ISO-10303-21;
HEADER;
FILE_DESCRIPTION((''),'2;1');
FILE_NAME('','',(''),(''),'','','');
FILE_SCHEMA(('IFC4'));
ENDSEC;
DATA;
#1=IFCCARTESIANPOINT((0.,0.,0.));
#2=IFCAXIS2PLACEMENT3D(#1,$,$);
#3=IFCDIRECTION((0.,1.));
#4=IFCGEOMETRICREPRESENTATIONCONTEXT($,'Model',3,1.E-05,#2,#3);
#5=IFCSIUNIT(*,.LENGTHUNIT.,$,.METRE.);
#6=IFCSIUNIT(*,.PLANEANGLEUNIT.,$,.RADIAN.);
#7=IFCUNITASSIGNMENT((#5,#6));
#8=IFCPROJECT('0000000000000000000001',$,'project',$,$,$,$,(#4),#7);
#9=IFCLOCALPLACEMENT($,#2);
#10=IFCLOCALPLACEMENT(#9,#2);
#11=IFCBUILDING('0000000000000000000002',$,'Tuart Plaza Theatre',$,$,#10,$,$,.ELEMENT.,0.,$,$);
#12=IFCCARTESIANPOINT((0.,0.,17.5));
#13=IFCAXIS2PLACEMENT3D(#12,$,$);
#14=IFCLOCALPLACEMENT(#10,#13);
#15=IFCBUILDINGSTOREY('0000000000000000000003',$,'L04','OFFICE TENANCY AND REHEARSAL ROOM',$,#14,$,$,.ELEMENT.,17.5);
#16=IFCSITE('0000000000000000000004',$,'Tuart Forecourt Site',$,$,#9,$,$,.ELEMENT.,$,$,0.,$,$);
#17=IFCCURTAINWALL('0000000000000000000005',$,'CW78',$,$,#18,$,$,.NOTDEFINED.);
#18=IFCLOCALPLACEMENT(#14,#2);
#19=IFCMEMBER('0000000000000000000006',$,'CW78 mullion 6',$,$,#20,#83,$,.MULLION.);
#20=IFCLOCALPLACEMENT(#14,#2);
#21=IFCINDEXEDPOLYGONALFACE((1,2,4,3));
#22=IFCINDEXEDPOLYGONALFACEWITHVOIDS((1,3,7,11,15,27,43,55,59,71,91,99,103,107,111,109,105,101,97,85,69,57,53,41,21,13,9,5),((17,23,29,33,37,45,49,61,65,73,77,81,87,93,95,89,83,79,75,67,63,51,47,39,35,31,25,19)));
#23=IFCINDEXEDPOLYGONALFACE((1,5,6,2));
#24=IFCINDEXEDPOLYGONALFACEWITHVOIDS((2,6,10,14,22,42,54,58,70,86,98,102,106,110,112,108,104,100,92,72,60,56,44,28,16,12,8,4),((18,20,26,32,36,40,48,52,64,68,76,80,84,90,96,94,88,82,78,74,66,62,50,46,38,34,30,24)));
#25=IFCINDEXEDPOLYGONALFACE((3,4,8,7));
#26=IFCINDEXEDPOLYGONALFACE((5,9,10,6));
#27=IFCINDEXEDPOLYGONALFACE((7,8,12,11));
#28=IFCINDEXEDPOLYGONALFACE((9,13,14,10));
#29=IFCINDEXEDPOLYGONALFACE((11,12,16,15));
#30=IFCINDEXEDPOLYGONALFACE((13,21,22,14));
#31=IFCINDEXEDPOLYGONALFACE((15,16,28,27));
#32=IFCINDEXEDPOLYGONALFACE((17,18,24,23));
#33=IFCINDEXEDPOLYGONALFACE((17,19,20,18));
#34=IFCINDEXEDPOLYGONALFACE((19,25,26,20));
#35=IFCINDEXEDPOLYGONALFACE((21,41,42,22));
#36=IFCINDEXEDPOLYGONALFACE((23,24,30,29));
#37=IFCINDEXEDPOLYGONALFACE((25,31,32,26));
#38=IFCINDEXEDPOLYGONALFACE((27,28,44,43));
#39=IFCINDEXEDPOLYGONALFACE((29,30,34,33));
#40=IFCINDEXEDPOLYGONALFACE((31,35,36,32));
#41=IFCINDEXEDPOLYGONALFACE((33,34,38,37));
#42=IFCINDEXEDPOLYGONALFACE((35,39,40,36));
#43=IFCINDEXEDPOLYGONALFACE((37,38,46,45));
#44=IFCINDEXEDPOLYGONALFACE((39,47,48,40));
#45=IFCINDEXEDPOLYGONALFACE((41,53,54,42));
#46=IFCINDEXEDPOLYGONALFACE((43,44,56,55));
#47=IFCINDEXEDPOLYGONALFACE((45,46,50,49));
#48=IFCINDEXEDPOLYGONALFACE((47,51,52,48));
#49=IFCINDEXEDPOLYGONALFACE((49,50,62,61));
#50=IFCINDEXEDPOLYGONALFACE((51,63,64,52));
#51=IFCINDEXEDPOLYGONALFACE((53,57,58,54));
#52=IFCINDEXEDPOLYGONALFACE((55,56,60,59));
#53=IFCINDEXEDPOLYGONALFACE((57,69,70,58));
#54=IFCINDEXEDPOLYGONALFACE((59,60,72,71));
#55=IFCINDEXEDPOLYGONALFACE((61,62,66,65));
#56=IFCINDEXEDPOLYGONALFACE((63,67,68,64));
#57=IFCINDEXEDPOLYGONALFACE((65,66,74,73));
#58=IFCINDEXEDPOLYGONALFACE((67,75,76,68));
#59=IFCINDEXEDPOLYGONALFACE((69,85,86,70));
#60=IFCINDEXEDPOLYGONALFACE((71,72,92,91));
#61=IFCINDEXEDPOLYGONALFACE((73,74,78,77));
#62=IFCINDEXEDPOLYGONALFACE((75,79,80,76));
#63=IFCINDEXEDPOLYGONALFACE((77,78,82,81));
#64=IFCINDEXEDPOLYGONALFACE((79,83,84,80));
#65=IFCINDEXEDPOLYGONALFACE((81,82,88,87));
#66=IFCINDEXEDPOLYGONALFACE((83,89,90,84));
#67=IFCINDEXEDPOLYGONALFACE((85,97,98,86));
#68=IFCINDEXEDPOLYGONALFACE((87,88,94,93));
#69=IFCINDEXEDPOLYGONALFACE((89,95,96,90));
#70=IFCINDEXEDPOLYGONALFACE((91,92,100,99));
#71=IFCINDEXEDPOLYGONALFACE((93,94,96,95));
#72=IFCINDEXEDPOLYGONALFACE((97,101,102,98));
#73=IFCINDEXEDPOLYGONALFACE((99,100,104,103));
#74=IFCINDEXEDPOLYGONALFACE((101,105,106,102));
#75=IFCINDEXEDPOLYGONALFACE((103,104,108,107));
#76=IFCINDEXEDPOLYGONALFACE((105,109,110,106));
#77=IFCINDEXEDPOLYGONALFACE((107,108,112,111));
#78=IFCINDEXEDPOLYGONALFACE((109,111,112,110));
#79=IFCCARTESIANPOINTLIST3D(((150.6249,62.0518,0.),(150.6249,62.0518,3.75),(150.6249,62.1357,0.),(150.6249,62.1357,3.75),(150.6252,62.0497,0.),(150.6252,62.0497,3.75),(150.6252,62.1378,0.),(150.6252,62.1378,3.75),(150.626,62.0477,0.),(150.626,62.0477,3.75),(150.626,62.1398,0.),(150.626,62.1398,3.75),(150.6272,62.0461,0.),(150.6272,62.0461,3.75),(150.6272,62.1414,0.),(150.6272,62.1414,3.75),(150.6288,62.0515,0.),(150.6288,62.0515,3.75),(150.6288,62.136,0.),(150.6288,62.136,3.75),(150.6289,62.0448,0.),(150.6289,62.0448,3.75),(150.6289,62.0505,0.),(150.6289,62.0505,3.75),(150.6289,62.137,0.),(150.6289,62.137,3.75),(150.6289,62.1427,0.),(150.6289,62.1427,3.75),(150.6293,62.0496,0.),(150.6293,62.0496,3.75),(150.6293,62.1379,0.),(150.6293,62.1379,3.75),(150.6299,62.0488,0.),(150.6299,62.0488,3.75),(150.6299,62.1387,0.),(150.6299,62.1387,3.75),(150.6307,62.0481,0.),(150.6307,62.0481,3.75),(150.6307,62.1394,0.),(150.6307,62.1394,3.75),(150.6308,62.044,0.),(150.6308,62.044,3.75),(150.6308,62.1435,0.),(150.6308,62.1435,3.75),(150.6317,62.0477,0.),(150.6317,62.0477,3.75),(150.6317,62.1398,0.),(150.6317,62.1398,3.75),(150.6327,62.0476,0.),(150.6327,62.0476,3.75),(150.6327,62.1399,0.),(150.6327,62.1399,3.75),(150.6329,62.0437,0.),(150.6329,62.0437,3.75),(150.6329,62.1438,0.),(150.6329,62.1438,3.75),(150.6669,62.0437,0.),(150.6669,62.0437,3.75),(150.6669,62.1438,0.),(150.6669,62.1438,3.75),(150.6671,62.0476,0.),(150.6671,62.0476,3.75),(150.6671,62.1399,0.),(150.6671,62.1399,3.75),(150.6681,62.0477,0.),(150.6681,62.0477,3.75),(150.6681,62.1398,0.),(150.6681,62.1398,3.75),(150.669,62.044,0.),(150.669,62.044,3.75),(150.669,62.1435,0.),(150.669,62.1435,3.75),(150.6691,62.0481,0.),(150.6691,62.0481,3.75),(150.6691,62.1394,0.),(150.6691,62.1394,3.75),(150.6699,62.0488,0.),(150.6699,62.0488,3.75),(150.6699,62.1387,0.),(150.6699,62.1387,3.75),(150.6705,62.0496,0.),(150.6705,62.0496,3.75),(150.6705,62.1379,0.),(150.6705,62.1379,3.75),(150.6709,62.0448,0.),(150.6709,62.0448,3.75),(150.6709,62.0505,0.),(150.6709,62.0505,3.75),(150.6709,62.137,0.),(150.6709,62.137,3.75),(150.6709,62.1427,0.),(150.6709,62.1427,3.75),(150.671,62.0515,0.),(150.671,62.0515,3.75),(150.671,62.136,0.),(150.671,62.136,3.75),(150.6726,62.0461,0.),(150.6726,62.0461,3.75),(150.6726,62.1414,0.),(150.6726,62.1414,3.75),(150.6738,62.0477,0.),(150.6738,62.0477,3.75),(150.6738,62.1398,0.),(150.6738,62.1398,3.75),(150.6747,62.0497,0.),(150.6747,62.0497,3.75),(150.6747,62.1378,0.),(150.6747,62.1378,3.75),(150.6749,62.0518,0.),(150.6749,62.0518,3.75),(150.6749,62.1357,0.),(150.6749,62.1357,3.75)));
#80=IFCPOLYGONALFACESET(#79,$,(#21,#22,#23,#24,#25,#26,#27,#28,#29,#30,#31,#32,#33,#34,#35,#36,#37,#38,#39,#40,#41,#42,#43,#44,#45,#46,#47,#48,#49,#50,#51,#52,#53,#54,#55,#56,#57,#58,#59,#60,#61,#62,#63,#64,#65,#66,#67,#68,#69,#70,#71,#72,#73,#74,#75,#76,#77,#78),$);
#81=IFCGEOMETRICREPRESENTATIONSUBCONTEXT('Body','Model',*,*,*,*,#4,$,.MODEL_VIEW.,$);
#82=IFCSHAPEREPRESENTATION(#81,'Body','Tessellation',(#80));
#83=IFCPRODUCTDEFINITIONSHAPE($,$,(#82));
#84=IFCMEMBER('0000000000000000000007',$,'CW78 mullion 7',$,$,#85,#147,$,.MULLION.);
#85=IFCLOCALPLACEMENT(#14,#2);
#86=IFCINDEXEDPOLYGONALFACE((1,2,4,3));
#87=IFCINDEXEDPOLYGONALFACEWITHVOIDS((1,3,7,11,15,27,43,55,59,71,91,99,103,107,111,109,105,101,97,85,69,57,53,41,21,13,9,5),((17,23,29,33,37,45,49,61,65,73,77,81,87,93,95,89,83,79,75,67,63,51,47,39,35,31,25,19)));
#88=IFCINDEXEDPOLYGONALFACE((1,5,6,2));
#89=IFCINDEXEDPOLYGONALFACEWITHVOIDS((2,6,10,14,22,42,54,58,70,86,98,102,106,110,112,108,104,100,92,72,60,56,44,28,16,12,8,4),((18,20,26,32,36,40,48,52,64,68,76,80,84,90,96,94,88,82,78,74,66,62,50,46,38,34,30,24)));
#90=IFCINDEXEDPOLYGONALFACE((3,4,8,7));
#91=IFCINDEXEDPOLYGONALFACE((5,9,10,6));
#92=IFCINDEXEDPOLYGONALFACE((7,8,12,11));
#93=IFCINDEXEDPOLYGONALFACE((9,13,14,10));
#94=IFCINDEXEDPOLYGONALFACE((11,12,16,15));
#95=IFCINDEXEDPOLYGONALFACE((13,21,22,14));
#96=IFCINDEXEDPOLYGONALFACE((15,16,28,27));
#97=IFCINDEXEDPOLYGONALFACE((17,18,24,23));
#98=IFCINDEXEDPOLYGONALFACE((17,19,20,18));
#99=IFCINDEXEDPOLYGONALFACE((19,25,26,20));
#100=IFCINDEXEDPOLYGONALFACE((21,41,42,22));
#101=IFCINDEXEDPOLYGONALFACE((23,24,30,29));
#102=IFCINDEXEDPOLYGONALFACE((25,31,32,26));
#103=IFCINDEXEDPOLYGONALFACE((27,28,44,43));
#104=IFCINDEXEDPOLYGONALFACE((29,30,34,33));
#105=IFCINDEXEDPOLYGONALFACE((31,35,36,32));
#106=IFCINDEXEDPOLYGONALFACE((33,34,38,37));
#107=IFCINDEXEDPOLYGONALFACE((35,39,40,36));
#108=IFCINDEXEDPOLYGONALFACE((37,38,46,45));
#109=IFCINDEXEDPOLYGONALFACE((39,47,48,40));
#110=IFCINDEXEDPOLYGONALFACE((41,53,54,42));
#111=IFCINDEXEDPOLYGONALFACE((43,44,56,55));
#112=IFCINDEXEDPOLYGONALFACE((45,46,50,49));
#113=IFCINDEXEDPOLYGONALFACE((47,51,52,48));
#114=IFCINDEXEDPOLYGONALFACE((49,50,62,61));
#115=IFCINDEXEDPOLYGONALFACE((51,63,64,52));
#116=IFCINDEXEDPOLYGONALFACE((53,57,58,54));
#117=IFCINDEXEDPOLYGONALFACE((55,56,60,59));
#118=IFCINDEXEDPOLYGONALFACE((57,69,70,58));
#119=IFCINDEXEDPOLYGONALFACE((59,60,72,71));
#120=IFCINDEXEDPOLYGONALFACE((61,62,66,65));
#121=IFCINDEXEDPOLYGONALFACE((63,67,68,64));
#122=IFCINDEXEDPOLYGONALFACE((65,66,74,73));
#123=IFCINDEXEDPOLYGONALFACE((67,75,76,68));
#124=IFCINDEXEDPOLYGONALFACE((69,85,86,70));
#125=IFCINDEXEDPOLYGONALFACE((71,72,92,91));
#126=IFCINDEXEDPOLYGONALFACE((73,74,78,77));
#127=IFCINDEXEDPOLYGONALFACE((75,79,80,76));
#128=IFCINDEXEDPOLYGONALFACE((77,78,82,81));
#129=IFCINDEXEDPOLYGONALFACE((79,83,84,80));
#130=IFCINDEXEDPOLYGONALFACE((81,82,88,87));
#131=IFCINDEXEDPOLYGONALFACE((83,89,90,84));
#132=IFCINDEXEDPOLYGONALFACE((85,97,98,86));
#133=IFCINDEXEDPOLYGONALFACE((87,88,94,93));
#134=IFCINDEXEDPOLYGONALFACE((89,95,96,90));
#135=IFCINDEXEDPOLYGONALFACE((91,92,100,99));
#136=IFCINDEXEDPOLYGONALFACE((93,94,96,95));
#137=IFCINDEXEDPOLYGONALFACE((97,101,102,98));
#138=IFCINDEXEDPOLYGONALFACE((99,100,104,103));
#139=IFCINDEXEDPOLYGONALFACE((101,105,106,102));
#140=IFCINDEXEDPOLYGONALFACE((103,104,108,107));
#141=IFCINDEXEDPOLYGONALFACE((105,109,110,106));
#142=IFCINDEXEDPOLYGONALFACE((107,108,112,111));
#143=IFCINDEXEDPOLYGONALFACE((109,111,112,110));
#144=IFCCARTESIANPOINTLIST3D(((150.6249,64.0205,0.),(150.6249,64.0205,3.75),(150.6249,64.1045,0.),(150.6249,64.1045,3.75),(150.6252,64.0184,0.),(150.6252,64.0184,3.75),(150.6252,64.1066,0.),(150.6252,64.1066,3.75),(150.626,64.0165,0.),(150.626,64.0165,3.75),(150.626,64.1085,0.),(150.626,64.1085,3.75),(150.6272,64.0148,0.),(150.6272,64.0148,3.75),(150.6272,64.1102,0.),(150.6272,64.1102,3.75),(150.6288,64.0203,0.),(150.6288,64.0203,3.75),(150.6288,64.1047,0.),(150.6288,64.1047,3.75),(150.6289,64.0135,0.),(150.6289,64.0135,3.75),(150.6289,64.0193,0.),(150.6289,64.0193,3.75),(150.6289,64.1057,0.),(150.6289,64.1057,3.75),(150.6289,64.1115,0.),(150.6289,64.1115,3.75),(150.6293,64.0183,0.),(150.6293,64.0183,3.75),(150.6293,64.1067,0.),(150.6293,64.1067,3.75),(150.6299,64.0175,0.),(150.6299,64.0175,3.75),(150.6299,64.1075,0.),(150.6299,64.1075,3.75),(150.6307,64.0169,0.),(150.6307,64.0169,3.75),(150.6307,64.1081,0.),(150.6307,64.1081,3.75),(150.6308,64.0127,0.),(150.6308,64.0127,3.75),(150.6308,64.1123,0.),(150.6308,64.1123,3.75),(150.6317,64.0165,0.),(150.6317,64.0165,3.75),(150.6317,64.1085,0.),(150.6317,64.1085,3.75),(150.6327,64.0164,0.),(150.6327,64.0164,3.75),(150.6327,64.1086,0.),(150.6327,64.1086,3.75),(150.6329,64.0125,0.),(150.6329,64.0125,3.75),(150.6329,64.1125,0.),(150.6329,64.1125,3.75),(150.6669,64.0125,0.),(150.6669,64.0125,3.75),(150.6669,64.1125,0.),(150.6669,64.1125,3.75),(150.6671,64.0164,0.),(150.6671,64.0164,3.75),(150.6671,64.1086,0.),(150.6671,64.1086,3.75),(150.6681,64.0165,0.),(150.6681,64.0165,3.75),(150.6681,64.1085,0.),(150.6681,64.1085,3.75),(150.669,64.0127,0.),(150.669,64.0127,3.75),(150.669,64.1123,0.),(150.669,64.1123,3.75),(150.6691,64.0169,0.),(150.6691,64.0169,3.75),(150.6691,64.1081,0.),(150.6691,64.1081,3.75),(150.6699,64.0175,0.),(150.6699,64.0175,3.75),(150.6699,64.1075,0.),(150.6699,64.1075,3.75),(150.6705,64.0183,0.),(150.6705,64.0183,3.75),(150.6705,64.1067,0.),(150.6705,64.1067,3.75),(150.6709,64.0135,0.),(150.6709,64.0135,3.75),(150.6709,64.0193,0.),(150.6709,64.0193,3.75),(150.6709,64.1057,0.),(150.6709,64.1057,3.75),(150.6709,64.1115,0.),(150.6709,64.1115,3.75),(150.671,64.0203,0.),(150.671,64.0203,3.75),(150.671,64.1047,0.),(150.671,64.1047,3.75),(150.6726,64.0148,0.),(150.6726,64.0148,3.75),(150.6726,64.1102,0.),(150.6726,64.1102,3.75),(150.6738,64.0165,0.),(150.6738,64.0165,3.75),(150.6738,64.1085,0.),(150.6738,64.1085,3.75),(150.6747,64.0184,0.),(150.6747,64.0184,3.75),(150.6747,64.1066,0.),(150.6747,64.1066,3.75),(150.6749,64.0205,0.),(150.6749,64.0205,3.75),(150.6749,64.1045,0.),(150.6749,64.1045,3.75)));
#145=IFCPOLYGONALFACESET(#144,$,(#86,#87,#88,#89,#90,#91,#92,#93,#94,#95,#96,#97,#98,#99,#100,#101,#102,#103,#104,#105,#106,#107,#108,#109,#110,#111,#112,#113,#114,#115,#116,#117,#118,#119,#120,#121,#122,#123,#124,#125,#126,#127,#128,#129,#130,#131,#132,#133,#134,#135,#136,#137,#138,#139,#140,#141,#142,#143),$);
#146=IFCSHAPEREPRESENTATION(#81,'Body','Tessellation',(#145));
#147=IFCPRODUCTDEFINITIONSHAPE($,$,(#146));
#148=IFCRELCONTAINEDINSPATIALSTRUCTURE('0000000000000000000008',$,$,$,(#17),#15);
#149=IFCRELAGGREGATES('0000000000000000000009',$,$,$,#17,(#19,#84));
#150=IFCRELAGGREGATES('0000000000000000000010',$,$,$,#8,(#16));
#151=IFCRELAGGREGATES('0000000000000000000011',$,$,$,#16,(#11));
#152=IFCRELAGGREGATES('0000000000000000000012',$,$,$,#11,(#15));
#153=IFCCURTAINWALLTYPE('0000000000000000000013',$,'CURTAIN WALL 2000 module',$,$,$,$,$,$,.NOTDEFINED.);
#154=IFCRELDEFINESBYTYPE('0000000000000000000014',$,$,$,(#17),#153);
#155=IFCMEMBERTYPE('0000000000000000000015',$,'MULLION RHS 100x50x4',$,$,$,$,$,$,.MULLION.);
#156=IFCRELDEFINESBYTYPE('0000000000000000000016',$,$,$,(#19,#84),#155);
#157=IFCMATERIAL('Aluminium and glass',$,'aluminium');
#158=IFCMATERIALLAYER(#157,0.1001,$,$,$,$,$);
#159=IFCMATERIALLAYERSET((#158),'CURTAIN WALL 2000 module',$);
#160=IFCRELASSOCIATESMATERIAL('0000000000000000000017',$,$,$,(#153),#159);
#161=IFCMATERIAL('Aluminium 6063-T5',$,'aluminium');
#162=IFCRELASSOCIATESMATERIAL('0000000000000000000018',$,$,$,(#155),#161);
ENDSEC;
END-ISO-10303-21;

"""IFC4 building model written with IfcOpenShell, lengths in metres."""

from ifc_helpers import new_model, si_unit, direction, frame, origin, origin_2d, place, context, subcontext, project, spatial, hollow_rectangle, extrude, material, layer, layer_set, material_profile, profile_set, type_object, element, aggregate, save


model = new_model("IFC4")

# Units and contexts
model_context = context("Model", 3, precision=1e-05, world=origin(), true_north=direction((0.0, 1.0)))
body_context = subcontext(model_context, "Body", "Model", "MODEL_VIEW")
ifc_project = project(units=[si_unit("LENGTHUNIT", "METRE"), si_unit("PLANEANGLEUNIT", "RADIAN")], contexts=[model_context])

# Site, building, storey
site_placement = place(None, origin())
site = spatial("IfcSite", under=ifc_project, at=site_placement, Name="Tuart Forecourt Site", CompositionType="ELEMENT", RefElevation=0.0)
building_placement = place(site_placement, origin())
building = spatial("IfcBuilding", under=site, at=building_placement, Name="Tuart Plaza Theatre", CompositionType="ELEMENT", ElevationOfRefHeight=0.0)
storey_placement = place(building_placement, frame((0.0, 0.0, 17.5)))
storey = spatial("IfcBuildingStorey", under=building, at=storey_placement, Name="L04", Description="OFFICE TENANCY AND REHEARSAL ROOM", CompositionType="ELEMENT", Elevation=17.5)

# Curtain wall, members
ifc_material_1 = material(Name="Aluminium and glass", Category="aluminium")
ifc_layer_1 = layer(ifc_material_1, 0.1001)
ifc_layer_set_1 = layer_set([ifc_layer_1], Name="CURTAIN WALL 2000 module")
curtain_wall_type = type_object("IfcCurtainWallType", Name="CURTAIN WALL 2000 module", PredefinedType="NOTDEFINED", material=ifc_layer_set_1)
curtain_wall_placement = place(storey_placement, origin())
curtain_wall = element("IfcCurtainWall", 1, at=curtain_wall_placement, inside=storey, type_object=curtain_wall_type, Name="CW78", PredefinedType="NOTDEFINED")
ifc_material_2 = material(Name="Aluminium 6063-T5", Category="aluminium")
ifc_material_profile_1 = material_profile(ifc_material_2, hollow_rectangle(XDim=0.05, YDim=0.1001, WallThickness=0.0039, InnerFilletRadius=0.0039, OuterFilletRadius=0.0081, at=origin_2d()), Name="RHS 100x50x4")
ifc_profile_set_1 = profile_set([ifc_material_profile_1], Name="Aluminium 6063-T5")
member_type_1 = type_object("IfcMemberType", Name="MULLION RHS 100x50x4", PredefinedType="MULLION", material=ifc_profile_set_1)
member_1_placement = place(storey_placement, frame((150.6499, 62.0938, 0.0), z_axis=(0.0, 0.0, 1.0), x_axis=(-1.0, 0.0, 0.0)))
member_1 = element("IfcMember", 2, at=member_1_placement, type_object=member_type_1, Name="CW78 mullion 6", PredefinedType="MULLION", context=body_context, shape_type="SweptSolid", body=[
    extrude(hollow_rectangle(XDim=0.05, YDim=0.1001, WallThickness=0.0039, InnerFilletRadius=0.0039, OuterFilletRadius=0.0081, at=origin_2d()), origin(), (0.0, 0.0, 1.0), 3.75),
])
member_2_placement = place(storey_placement, frame((150.6499, 64.0625, 0.0), z_axis=(0.0, 0.0, 1.0), x_axis=(-1.0, 0.0, 0.0)))
member_2 = element("IfcMember", 3, at=member_2_placement, type_object=member_type_1, Name="CW78 mullion 7", PredefinedType="MULLION", context=body_context, shape_type="SweptSolid", body=[
    extrude(hollow_rectangle(XDim=0.05, YDim=0.1001, WallThickness=0.0039, InnerFilletRadius=0.0039, OuterFilletRadius=0.0081, at=origin_2d()), origin(), (0.0, 0.0, 1.0), 3.75),
])
aggregate(curtain_wall, [member_1, member_2])

save(model, "model.ifc")
